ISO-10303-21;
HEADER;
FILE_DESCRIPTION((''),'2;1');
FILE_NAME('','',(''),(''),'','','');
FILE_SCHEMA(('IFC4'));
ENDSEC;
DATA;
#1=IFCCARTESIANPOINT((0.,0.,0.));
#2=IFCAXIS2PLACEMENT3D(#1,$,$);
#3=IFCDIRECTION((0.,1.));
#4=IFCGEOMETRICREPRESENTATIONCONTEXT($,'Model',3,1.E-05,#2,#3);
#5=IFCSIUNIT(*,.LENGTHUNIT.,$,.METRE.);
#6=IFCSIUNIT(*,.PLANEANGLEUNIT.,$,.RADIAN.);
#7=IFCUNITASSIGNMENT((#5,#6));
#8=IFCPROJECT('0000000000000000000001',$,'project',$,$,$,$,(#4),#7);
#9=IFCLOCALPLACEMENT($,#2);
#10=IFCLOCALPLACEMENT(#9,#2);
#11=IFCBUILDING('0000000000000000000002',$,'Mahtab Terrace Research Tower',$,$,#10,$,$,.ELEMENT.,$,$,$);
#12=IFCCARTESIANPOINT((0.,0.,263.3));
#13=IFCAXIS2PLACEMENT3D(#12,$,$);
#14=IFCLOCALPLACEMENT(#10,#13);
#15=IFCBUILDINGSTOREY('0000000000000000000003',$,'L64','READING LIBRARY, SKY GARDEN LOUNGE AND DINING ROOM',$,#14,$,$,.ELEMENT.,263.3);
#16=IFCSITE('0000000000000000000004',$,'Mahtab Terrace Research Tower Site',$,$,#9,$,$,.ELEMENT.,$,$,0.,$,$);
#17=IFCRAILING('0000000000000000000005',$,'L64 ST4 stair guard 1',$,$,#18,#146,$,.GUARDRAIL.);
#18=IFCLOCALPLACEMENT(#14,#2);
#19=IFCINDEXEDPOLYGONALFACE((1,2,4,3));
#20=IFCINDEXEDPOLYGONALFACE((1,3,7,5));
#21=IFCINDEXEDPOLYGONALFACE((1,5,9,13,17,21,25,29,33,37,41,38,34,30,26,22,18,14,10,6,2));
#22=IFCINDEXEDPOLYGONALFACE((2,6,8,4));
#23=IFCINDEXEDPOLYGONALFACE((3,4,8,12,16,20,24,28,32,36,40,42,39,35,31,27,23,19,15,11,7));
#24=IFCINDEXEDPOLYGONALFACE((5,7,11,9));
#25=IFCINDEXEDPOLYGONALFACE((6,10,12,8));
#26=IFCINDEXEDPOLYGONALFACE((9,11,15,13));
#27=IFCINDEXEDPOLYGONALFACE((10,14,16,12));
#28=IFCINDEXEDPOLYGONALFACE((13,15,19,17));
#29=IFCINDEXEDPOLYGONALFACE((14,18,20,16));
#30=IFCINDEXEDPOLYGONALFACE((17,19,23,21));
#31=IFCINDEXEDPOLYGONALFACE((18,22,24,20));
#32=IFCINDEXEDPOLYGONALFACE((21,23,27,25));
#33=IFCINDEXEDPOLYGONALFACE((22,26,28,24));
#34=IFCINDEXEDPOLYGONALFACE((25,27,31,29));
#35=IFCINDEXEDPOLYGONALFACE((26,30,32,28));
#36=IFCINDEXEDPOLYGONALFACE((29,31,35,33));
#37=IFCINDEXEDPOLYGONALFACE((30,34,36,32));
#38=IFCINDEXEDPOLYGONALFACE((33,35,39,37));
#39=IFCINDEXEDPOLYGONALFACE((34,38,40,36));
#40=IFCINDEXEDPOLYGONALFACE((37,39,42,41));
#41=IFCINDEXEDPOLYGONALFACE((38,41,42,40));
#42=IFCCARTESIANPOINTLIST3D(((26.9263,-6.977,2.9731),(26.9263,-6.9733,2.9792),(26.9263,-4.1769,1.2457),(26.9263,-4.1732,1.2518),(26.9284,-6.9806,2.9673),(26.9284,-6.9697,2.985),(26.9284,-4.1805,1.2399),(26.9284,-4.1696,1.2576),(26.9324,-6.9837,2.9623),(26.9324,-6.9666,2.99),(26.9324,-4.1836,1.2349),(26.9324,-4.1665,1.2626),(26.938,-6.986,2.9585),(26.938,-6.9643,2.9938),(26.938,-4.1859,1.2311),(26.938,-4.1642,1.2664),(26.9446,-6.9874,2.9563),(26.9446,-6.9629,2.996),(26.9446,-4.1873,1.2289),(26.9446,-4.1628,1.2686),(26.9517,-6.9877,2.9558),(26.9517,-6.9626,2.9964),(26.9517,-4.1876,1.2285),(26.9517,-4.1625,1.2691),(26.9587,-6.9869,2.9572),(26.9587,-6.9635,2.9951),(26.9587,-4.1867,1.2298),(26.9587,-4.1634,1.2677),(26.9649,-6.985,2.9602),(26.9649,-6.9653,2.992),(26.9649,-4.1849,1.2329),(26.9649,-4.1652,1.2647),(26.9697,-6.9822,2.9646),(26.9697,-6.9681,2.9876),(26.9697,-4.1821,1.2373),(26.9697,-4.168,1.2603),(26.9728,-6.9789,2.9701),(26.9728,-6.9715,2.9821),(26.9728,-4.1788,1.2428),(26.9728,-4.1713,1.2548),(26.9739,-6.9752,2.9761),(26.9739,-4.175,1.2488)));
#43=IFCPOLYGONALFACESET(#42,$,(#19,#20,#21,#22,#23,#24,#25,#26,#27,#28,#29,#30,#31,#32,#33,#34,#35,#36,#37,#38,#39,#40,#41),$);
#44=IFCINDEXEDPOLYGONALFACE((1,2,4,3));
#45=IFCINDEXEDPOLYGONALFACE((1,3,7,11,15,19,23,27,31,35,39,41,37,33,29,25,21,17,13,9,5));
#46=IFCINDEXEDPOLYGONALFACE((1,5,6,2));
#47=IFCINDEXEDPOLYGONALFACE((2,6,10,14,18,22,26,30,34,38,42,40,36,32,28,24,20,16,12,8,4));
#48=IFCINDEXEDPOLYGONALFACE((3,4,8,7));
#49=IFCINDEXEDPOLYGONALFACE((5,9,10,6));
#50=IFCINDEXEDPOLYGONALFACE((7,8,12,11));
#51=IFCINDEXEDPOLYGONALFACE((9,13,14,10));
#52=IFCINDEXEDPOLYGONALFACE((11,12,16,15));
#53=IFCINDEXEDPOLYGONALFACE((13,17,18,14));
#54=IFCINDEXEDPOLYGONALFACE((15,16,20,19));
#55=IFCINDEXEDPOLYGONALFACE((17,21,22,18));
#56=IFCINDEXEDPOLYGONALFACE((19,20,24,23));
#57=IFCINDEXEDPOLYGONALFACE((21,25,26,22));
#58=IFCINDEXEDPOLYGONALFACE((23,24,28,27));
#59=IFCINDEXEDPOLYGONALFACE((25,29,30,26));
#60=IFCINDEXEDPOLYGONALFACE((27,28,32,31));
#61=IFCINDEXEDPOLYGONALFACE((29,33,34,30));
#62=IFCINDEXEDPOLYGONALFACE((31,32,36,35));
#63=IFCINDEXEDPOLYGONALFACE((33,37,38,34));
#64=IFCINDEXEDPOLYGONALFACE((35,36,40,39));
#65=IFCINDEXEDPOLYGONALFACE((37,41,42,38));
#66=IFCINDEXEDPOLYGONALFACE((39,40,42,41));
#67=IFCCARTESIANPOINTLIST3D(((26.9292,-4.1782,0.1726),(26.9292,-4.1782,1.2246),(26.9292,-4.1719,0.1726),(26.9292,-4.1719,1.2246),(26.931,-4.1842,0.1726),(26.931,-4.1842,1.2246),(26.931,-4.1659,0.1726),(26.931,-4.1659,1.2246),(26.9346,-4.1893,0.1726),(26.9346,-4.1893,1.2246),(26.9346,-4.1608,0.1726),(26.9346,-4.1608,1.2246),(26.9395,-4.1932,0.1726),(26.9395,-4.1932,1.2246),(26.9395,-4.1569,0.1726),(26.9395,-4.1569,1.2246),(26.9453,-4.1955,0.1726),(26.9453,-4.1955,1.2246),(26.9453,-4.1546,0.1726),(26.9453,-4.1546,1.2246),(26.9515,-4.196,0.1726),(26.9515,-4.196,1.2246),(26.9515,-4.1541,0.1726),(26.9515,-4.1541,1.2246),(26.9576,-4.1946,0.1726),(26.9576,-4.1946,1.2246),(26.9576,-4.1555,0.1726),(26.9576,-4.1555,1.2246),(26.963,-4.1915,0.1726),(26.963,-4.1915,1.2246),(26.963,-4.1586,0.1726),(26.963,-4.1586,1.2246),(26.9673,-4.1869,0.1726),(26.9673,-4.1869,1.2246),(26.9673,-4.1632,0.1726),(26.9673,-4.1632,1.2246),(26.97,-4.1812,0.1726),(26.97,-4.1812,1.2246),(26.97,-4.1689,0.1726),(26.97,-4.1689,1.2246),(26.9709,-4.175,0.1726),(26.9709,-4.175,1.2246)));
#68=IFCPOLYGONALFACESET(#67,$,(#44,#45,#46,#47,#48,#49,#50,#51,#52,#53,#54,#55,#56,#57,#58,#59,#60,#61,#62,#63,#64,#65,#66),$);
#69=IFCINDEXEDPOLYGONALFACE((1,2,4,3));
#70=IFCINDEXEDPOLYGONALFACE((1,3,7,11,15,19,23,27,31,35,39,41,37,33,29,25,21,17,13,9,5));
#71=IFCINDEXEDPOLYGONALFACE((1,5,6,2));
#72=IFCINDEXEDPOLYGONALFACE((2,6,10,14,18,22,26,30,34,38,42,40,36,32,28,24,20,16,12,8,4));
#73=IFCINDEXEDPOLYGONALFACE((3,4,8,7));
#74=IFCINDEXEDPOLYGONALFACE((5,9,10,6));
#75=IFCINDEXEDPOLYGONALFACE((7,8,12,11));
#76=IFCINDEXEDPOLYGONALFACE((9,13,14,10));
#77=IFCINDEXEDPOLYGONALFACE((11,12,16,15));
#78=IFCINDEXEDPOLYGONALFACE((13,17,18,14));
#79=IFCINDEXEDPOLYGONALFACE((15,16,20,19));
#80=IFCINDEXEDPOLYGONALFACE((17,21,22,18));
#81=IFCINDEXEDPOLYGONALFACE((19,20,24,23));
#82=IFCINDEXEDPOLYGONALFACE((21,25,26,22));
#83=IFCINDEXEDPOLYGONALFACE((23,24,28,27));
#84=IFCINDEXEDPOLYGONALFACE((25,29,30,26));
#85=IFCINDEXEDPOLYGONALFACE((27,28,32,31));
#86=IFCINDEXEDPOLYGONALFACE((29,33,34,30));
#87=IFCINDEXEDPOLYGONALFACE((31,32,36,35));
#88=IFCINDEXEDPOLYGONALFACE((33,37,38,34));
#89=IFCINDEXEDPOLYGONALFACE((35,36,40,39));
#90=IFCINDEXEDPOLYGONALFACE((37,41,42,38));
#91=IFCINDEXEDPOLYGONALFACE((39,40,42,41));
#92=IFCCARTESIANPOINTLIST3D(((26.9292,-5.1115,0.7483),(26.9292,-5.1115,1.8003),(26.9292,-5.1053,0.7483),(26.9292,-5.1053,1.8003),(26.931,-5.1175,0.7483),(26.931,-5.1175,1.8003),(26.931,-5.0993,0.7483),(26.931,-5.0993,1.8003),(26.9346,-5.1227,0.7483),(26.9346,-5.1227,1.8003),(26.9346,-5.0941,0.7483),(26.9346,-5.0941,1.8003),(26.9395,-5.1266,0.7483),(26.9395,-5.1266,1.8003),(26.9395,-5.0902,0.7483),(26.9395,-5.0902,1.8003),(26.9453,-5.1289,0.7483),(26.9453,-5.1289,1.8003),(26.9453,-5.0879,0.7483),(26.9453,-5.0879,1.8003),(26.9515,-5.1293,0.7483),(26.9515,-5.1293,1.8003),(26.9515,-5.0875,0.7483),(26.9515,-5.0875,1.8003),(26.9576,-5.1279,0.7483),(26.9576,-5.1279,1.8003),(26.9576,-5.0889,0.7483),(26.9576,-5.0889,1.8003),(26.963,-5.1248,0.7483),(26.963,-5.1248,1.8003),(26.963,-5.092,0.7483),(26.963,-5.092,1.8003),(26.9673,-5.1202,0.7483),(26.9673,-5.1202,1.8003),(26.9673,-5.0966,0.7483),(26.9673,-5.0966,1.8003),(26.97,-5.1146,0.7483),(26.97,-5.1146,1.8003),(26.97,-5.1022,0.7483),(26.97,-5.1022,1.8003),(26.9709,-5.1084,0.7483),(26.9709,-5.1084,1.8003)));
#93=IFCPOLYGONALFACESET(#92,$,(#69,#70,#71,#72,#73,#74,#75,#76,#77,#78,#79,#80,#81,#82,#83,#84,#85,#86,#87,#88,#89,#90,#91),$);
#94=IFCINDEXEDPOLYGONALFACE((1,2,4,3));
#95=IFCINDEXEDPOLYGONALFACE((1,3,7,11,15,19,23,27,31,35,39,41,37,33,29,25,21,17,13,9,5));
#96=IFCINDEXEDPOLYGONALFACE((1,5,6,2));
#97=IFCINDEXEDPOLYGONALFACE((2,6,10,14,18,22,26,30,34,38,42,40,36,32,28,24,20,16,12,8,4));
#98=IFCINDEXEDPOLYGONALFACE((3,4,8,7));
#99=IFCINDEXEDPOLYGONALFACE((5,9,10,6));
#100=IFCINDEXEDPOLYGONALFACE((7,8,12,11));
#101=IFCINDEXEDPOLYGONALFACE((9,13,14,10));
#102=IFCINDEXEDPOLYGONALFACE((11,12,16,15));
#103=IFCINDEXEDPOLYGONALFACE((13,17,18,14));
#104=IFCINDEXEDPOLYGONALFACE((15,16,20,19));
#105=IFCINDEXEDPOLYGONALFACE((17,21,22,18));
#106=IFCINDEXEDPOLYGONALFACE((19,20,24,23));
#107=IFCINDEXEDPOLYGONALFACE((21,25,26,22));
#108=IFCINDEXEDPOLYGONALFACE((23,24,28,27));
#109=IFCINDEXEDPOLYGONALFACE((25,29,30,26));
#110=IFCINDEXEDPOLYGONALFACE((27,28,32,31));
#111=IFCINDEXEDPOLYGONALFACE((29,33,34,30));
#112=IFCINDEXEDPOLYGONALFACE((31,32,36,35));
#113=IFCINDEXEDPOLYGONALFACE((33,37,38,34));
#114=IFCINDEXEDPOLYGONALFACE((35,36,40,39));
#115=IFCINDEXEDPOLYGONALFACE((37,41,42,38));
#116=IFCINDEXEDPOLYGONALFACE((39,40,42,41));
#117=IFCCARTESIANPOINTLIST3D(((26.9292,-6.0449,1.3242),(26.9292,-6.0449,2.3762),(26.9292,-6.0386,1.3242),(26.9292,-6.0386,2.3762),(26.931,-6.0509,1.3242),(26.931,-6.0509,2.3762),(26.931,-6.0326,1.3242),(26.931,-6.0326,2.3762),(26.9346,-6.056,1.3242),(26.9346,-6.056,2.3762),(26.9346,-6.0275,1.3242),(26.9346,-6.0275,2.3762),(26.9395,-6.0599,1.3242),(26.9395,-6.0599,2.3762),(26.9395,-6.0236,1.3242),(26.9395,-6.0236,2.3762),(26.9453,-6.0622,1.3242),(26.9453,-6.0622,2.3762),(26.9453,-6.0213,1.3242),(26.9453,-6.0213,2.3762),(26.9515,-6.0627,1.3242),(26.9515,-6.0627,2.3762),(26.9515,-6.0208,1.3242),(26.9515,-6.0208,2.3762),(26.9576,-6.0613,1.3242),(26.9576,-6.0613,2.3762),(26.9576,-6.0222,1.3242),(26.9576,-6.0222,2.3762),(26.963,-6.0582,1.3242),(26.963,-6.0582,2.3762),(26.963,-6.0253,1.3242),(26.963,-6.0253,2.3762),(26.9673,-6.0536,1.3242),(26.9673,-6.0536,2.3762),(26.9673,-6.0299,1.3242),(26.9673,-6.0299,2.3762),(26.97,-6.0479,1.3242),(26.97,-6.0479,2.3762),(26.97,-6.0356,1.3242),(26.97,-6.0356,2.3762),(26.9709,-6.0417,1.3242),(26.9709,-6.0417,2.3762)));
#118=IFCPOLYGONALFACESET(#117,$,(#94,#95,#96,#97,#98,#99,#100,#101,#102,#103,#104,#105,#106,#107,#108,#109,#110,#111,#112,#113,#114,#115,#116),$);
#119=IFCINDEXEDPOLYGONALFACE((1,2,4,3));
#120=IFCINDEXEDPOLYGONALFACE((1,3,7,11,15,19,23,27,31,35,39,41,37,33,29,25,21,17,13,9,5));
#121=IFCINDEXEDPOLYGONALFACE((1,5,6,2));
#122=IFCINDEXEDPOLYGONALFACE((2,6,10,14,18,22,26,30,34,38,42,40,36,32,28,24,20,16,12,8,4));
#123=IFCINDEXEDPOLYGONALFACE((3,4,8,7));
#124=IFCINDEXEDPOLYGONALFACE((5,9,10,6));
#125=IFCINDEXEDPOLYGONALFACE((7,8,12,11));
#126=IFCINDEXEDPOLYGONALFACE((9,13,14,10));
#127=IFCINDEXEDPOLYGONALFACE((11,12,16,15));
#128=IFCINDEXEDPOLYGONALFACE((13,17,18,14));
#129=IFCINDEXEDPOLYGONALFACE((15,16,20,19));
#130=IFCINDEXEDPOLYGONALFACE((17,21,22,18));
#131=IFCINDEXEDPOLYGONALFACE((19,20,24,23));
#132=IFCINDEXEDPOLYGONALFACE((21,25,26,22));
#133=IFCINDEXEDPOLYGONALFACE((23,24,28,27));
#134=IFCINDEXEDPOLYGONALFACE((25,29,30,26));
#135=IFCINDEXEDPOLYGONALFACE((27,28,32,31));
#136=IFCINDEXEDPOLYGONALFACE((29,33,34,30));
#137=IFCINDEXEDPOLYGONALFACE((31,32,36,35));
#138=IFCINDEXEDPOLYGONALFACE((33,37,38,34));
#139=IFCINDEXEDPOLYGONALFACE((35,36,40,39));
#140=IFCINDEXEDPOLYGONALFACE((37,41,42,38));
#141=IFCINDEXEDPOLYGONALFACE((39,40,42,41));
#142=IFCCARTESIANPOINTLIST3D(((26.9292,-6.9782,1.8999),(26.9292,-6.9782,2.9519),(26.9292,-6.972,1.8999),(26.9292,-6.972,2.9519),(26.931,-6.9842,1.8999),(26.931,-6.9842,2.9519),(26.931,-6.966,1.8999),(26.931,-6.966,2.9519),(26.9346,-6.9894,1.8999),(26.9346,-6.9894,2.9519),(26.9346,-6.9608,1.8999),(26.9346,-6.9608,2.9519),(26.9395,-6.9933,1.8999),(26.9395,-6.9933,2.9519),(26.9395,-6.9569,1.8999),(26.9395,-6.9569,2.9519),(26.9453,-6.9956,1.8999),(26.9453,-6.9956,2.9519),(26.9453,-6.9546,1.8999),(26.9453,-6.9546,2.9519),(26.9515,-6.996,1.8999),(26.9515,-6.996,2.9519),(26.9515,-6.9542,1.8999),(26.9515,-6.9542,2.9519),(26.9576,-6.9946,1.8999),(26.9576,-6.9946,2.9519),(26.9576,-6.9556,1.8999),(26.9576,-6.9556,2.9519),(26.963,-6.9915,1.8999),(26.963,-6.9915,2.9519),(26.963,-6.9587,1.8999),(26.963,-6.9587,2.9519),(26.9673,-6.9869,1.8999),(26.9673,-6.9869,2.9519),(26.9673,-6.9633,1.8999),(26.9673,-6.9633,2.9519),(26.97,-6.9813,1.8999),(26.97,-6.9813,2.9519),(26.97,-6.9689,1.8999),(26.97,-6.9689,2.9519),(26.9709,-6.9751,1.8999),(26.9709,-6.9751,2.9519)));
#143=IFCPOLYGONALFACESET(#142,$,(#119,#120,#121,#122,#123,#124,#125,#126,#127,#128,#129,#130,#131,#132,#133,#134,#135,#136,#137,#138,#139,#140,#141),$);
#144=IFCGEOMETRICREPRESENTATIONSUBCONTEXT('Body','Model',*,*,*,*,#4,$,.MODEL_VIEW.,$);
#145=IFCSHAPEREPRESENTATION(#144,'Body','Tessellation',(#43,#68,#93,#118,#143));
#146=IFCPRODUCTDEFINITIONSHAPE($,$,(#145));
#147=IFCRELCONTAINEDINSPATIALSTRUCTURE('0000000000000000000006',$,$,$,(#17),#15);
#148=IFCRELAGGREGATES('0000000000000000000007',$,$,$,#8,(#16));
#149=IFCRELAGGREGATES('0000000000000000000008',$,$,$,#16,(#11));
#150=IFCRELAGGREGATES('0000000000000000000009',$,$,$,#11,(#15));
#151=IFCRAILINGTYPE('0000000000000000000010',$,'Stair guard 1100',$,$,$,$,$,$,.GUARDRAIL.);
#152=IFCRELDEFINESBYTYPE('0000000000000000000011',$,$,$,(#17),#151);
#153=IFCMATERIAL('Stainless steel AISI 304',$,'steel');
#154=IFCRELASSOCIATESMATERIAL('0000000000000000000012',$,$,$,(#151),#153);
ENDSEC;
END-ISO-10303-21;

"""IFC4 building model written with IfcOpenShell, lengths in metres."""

from ifc_helpers import new_model, si_unit, direction, frame, origin, origin_2d, place, context, subcontext, project, spatial, circle, extrude, material, type_object, element, save


model = new_model("IFC4")

# Units and contexts
model_context = context("Model", 3, precision=1e-05, world=origin(), true_north=direction((0.0, 1.0)))
body_context = subcontext(model_context, "Body", "Model", "MODEL_VIEW")
ifc_project = project(units=[si_unit("LENGTHUNIT", "METRE"), si_unit("PLANEANGLEUNIT", "RADIAN")], contexts=[model_context])

# Site, building, storey
site_placement = place(None, origin())
site = spatial("IfcSite", under=ifc_project, at=site_placement, Name="Mahtab Terrace Research Tower Site", CompositionType="ELEMENT", RefElevation=0.0)
building_placement = place(site_placement, origin())
building = spatial("IfcBuilding", under=site, at=building_placement, Name="Mahtab Terrace Research Tower", CompositionType="ELEMENT")
storey_placement = place(building_placement, frame((0.0, 0.0, 263.3)))
storey = spatial("IfcBuildingStorey", under=building, at=storey_placement, Name="L64", Description="READING LIBRARY, SKY GARDEN LOUNGE AND DINING ROOM", CompositionType="ELEMENT", Elevation=263.3)

# Shared definitions
ifc_material_1 = material(Name="Stainless steel AISI 304", Category="steel")

# Railing
railing_type_1 = type_object("IfcRailingType", Name="Stair guard 1100", PredefinedType="GUARDRAIL", material=ifc_material_1)
railing_1_placement = place(storey_placement, frame((26.95, -4.175, 0.1726)))
element("IfcRailing", 1, at=railing_1_placement, inside=storey, type_object=railing_type_1, Name="L64 ST4 stair guard 1", PredefinedType="GUARDRAIL", context=body_context, shape_type="SweptSolid", body=[
    extrude(circle(Radius=0.0239, at=origin_2d()), frame((0.0, 0.0, 1.0762), z_axis=(0.0, -0.85109, 0.52502), x_axis=(1.0, 0.0, 0.0)), (0.0, 0.0, 1.0), 3.29),
    extrude(circle(Radius=0.021, at=origin_2d()), origin(), (0.0, 0.0, 1.0), 1.052),
    extrude(circle(Radius=0.021, at=origin_2d()), frame((0.0, -0.9333, 0.5757)), (0.0, 0.0, 1.0), 1.052),
    extrude(circle(Radius=0.021, at=origin_2d()), frame((0.0, -1.8667, 1.1516)), (0.0, 0.0, 1.0), 1.052),
    extrude(circle(Radius=0.021, at=origin_2d()), frame((0.0, -2.8, 1.7273)), (0.0, 0.0, 1.0), 1.052),
])

save(model, "model.ifc")
